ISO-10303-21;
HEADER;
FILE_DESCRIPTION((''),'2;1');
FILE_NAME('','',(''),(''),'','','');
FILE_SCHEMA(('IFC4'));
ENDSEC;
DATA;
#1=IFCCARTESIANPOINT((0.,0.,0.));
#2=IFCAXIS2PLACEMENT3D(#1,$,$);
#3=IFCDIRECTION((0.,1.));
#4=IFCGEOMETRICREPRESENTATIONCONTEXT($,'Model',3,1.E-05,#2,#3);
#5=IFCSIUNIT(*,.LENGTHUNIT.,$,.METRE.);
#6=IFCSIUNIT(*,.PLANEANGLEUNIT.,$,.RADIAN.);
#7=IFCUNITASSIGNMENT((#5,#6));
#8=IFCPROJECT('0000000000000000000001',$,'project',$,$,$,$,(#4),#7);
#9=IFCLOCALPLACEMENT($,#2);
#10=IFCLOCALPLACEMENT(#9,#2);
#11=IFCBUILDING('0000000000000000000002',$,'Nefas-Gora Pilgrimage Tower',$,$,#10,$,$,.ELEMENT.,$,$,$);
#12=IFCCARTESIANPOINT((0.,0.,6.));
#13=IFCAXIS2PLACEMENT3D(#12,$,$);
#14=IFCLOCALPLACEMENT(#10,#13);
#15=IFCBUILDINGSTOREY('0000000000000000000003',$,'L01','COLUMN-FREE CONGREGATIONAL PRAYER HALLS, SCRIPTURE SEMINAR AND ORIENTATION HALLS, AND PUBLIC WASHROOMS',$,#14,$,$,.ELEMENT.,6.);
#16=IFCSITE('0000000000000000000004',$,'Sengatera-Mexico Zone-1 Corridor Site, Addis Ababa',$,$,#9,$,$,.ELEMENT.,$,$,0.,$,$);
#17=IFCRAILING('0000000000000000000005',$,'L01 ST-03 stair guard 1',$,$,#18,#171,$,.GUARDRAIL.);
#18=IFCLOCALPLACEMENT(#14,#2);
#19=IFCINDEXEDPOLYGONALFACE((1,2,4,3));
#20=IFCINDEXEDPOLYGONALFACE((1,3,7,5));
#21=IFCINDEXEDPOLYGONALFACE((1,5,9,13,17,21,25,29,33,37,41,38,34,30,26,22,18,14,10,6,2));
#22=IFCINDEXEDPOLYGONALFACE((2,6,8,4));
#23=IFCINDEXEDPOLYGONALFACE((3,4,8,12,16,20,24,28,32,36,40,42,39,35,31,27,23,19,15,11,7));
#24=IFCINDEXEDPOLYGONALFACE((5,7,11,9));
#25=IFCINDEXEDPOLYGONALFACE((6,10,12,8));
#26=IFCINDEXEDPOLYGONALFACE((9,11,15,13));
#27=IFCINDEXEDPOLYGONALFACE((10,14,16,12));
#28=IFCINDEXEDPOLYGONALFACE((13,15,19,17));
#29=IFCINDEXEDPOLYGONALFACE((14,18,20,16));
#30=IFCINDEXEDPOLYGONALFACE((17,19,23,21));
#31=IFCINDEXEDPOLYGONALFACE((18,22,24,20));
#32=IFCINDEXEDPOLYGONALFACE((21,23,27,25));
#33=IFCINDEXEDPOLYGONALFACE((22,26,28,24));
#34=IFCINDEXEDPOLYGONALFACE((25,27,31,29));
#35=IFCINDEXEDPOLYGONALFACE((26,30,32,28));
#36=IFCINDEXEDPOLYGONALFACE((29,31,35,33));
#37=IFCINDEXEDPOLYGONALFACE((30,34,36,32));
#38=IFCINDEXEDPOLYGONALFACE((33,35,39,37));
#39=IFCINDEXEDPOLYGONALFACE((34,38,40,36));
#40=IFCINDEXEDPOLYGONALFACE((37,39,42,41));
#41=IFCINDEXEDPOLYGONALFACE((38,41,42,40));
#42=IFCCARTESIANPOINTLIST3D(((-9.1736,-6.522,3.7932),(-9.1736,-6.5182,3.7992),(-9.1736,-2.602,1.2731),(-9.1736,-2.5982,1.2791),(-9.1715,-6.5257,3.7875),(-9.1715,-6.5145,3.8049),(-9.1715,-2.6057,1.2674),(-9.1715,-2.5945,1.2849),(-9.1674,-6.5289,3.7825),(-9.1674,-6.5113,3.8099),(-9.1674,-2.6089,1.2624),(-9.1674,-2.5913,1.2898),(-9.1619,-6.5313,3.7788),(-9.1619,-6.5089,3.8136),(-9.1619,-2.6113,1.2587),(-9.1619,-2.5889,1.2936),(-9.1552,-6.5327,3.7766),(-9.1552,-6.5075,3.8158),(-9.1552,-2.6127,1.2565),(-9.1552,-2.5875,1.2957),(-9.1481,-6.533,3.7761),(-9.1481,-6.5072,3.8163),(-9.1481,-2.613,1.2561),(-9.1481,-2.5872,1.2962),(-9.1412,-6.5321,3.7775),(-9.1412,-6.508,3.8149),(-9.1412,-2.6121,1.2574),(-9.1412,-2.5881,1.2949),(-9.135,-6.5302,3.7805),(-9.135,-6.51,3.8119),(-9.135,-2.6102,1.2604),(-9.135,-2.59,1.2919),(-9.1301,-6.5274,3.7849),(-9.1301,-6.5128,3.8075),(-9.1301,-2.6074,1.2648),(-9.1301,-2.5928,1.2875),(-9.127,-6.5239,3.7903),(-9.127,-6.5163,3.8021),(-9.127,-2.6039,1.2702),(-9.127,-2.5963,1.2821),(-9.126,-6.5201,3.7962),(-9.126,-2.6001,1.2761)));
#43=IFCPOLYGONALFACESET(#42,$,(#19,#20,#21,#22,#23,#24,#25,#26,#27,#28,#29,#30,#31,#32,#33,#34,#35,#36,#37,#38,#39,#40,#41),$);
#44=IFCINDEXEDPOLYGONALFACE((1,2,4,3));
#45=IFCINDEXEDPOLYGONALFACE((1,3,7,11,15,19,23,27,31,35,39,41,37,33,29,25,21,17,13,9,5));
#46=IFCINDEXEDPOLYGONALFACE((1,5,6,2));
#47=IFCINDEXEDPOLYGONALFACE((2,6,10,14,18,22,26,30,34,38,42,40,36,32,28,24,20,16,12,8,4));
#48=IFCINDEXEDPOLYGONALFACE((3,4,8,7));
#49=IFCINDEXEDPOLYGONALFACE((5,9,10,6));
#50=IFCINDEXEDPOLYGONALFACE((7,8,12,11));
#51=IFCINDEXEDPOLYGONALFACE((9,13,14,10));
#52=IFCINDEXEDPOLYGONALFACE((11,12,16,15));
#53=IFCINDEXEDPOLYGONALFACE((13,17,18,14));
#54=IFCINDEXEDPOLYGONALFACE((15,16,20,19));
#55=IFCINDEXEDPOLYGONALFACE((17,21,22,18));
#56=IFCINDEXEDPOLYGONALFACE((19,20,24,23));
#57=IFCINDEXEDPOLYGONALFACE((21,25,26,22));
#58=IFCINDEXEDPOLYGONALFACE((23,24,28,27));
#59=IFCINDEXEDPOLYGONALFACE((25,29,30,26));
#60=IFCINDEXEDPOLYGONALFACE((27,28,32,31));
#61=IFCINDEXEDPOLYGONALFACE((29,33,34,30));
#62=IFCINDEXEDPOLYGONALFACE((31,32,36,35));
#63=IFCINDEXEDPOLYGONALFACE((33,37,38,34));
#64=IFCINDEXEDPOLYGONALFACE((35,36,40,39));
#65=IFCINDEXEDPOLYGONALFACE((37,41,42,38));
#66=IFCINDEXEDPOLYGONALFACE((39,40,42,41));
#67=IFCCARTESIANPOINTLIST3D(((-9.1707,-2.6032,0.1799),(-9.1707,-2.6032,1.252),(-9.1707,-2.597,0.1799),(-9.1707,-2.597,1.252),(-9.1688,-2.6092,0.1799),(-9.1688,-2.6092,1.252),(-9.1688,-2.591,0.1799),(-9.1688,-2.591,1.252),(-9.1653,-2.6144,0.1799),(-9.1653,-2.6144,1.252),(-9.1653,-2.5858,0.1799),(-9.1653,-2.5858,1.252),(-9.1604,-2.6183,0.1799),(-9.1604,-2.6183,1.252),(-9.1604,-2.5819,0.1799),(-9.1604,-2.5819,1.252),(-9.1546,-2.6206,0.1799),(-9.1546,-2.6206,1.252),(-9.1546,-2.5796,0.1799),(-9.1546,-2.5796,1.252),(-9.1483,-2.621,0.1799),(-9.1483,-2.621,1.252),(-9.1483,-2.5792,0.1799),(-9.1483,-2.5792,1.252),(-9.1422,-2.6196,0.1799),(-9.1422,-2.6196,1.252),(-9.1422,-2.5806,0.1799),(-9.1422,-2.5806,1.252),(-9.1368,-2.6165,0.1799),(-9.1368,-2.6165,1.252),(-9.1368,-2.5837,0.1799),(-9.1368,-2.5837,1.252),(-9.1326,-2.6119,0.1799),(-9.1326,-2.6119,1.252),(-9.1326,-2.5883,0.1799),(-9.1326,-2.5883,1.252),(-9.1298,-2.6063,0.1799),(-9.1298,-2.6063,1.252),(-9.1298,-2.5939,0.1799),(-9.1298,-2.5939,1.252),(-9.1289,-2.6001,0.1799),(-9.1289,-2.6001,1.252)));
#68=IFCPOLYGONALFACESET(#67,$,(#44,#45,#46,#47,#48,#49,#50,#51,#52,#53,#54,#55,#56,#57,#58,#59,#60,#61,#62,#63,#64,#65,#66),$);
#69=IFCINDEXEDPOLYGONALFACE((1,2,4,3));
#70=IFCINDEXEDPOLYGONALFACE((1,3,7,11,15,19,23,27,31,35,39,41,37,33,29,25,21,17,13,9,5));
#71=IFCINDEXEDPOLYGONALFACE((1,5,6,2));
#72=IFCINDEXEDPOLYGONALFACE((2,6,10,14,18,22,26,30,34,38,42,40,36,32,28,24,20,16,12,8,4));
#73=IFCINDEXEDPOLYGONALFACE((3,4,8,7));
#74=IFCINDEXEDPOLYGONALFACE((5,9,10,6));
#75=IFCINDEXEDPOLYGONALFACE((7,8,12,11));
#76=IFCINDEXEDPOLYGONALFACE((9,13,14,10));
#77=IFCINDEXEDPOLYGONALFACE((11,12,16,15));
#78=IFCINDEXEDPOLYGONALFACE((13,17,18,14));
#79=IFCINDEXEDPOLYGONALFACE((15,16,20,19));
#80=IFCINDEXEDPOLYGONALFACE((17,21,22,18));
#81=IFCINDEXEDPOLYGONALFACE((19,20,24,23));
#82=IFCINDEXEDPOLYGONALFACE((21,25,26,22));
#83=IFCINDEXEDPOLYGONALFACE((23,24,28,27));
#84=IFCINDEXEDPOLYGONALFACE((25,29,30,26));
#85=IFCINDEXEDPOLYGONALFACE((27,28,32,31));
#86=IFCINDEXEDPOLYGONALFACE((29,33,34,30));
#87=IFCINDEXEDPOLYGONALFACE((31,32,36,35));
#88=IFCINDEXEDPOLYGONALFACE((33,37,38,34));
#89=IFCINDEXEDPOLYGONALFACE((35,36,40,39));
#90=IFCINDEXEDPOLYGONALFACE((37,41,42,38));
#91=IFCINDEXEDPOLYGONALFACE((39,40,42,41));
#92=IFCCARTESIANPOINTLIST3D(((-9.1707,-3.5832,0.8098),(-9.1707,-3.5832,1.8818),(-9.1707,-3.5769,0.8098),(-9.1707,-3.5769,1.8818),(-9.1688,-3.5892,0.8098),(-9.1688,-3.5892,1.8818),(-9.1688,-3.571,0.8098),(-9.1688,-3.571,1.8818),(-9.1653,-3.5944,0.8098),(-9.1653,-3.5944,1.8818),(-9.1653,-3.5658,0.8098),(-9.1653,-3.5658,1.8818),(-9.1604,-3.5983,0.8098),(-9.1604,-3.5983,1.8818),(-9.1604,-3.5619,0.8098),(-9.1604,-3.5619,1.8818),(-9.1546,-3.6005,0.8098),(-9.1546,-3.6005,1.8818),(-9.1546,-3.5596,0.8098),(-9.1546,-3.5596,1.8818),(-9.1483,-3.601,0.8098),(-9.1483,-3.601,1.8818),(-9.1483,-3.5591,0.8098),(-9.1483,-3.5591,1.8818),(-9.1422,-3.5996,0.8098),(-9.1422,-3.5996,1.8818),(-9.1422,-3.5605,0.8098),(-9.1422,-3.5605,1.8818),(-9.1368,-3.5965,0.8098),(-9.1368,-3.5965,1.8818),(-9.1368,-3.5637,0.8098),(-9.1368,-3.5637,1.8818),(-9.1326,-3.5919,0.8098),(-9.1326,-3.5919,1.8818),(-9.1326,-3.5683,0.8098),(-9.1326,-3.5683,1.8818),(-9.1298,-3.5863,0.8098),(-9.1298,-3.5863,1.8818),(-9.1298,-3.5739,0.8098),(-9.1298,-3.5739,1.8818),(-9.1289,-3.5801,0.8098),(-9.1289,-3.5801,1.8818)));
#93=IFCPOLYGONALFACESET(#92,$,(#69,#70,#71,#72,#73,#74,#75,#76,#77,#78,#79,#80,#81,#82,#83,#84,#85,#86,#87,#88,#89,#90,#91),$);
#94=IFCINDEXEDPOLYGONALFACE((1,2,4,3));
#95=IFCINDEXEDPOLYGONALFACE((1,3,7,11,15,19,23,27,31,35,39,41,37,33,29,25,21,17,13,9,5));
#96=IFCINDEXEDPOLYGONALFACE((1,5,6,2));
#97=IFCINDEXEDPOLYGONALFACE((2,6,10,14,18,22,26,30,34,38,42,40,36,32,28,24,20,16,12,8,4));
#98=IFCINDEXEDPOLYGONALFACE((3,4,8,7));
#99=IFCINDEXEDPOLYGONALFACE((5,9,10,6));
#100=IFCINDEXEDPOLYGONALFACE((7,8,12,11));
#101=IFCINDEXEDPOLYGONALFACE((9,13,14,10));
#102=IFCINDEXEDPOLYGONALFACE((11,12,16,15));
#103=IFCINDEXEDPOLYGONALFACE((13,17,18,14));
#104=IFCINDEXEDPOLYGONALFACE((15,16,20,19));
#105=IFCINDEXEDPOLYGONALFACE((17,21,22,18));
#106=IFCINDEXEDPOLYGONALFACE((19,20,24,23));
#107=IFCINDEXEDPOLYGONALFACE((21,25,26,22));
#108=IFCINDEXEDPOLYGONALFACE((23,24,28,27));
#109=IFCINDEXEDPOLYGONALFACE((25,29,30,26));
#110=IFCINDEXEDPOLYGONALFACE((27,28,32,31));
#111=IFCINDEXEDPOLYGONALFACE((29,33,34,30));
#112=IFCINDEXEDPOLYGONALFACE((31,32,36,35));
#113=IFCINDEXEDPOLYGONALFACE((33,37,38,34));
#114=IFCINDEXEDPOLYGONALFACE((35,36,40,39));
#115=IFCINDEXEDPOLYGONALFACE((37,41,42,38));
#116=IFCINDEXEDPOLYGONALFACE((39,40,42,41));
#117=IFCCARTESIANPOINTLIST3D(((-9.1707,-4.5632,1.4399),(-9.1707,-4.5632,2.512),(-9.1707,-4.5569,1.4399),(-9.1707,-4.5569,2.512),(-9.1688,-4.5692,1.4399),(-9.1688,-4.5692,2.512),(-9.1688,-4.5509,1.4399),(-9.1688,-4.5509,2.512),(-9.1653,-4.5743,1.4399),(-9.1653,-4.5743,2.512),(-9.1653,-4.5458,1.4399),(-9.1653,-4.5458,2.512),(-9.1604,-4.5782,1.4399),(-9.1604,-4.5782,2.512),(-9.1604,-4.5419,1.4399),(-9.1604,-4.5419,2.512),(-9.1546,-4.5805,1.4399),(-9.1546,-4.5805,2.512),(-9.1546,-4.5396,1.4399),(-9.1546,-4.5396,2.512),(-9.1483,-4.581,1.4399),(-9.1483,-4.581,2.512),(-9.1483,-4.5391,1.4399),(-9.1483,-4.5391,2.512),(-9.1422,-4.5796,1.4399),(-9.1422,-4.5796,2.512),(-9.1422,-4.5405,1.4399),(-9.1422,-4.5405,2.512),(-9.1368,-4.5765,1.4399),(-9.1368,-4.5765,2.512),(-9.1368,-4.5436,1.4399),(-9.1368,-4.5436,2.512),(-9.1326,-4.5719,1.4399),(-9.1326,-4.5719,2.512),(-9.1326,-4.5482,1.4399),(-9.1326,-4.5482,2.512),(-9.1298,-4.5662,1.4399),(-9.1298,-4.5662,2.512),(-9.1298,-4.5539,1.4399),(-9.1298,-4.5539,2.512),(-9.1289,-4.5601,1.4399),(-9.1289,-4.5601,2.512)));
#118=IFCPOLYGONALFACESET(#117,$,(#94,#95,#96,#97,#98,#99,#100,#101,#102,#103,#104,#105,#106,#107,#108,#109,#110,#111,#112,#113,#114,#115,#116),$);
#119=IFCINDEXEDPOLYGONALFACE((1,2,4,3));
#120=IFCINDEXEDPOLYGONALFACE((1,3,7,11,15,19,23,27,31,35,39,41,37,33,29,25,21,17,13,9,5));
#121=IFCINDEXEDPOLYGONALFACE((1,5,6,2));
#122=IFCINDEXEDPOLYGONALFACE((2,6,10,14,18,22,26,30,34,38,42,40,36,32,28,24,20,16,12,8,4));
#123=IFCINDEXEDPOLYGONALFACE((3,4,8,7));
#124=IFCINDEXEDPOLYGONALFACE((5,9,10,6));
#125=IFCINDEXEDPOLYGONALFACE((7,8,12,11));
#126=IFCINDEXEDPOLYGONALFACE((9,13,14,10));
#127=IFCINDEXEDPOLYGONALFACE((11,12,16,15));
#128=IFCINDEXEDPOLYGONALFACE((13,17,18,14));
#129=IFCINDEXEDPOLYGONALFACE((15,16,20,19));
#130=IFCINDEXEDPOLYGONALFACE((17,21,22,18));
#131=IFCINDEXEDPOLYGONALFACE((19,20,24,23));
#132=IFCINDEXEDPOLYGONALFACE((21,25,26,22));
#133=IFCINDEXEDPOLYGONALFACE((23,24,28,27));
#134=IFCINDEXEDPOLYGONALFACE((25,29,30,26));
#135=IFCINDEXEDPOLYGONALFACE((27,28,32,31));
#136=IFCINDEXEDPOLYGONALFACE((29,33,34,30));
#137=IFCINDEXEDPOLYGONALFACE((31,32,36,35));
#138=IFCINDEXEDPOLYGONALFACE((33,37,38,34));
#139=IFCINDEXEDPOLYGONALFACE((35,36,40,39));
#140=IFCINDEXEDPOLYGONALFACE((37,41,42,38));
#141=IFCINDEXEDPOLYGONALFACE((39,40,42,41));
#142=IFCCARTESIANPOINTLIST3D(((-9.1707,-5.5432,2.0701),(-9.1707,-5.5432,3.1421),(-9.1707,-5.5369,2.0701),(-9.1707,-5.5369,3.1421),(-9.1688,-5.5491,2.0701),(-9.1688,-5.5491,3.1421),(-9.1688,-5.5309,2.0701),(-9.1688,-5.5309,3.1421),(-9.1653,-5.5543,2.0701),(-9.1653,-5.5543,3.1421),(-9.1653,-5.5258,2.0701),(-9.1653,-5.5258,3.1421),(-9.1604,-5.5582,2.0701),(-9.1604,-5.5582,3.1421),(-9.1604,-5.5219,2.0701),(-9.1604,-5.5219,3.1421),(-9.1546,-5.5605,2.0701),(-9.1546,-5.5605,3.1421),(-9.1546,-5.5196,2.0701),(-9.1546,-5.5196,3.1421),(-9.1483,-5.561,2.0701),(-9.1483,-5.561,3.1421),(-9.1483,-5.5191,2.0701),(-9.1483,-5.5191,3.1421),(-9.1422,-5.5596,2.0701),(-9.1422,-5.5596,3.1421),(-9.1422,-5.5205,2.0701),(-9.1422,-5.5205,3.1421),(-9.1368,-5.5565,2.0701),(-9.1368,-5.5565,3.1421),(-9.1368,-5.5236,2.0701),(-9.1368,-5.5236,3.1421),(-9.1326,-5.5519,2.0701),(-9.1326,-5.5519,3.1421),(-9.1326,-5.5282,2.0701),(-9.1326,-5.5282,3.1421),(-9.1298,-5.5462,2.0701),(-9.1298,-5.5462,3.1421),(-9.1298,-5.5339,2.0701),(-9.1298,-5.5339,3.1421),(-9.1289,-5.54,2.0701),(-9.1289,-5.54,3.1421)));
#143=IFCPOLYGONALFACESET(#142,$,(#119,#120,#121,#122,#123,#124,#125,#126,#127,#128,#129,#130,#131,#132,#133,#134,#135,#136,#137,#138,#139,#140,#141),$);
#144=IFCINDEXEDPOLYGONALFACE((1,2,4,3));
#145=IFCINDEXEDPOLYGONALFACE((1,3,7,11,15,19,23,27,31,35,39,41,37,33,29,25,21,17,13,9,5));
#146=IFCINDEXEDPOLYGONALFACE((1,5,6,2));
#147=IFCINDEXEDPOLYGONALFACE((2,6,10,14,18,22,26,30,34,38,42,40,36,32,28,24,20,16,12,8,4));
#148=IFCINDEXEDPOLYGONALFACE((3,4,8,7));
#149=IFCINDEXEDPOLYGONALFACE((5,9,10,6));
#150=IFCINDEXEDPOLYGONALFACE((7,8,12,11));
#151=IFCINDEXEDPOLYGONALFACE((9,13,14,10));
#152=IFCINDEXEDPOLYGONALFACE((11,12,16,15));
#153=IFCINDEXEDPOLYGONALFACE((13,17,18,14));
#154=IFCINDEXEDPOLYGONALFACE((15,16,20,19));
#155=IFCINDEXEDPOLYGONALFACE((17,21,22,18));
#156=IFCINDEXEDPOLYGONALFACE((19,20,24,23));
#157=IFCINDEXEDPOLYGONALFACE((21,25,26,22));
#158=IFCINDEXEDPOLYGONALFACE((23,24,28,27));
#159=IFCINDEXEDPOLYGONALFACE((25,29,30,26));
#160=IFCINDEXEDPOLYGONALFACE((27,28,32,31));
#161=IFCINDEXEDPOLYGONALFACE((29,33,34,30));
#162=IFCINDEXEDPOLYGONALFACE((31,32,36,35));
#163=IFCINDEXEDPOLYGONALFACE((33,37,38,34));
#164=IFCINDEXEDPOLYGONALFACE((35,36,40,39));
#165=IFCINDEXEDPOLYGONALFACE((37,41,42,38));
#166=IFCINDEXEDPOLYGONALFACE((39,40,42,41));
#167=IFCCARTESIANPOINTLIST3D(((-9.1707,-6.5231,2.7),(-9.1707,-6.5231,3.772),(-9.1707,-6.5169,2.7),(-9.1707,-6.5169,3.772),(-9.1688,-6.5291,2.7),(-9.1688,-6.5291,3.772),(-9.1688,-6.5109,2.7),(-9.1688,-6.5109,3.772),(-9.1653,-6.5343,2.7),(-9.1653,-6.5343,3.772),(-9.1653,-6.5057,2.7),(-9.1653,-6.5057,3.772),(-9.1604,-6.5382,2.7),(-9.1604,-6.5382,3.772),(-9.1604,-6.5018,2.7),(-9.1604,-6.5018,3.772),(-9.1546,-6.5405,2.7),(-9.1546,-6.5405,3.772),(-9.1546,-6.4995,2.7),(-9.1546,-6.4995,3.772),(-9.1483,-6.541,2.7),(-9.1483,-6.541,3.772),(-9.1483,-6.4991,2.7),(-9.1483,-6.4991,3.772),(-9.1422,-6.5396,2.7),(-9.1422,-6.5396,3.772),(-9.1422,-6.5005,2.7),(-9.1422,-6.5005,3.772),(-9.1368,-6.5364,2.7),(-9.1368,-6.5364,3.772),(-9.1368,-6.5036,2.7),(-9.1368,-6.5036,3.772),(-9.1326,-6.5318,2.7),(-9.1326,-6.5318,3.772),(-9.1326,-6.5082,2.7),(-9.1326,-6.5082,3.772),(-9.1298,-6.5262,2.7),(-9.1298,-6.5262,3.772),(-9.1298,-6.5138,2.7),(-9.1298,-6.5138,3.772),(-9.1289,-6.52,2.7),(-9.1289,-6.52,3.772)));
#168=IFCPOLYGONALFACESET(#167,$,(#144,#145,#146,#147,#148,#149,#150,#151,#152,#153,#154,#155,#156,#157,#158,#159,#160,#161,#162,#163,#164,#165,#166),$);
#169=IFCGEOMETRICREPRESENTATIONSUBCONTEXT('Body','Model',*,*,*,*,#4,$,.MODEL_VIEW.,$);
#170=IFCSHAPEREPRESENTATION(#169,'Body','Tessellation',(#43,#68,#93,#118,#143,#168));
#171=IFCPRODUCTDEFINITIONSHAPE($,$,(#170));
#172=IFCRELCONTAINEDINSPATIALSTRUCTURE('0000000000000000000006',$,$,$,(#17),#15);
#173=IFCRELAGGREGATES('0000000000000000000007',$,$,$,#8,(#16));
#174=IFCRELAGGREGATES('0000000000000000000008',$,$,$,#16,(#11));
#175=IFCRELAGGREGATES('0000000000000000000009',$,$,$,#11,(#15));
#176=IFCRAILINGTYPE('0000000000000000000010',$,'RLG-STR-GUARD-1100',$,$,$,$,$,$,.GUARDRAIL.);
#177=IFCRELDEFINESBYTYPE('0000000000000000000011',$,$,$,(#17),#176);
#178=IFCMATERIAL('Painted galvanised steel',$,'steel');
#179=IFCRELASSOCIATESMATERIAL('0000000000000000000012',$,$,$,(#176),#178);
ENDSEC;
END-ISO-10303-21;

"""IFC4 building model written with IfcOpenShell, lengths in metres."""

from ifc_helpers import new_model, si_unit, direction, frame, origin, origin_2d, place, context, subcontext, project, spatial, circle, extrude, material, type_object, element, save


model = new_model("IFC4")

# Units and contexts
model_context = context("Model", 3, precision=1e-05, world=origin(), true_north=direction((0.0, 1.0)))
body_context = subcontext(model_context, "Body", "Model", "MODEL_VIEW")
ifc_project = project(units=[si_unit("LENGTHUNIT", "METRE"), si_unit("PLANEANGLEUNIT", "RADIAN")], contexts=[model_context])

# Site, building, storey
site_placement = place(None, origin())
site = spatial("IfcSite", under=ifc_project, at=site_placement, Name="Sengatera-Mexico Zone-1 Corridor Site, Addis Ababa", CompositionType="ELEMENT", RefElevation=0.0)
building_placement = place(site_placement, origin())
building = spatial("IfcBuilding", under=site, at=building_placement, Name="Nefas-Gora Pilgrimage Tower", CompositionType="ELEMENT")
storey_placement = place(building_placement, frame((0.0, 0.0, 6.0)))
storey = spatial("IfcBuildingStorey", under=building, at=storey_placement, Name="L01", Description="COLUMN-FREE CONGREGATIONAL PRAYER HALLS, SCRIPTURE SEMINAR AND ORIENTATION HALLS, AND PUBLIC WASHROOMS", CompositionType="ELEMENT", Elevation=6.0)

# Railing
ifc_material_1 = material(Name="Painted galvanised steel", Category="steel")
railing_type_1 = type_object("IfcRailingType", Name="RLG-STR-GUARD-1100", PredefinedType="GUARDRAIL", material=ifc_material_1)
railing_1_placement = place(storey_placement, frame((-9.1499, -2.6001, 0.1799)))
element("IfcRailing", 1, at=railing_1_placement, inside=storey, type_object=railing_type_1, Name="L01 ST-03 stair guard 1", PredefinedType="GUARDRAIL", context=body_context, shape_type="SweptSolid", body=[
    extrude(circle(Radius=0.0239, at=origin_2d()), frame((0.0, 0.0, 1.0962), z_axis=(0.0, -0.841172, 0.540768), x_axis=(1.0, 0.0, 0.0)), (0.0, 0.0, 1.0), 4.6602),
    extrude(circle(Radius=0.021, at=origin_2d()), origin(), (0.0, 0.0, 1.0), 1.072),
    extrude(circle(Radius=0.021, at=origin_2d()), frame((0.0, -0.98, 0.6299)), (0.0, 0.0, 1.0), 1.072),
    extrude(circle(Radius=0.021, at=origin_2d()), frame((0.0, -1.96, 1.26)), (0.0, 0.0, 1.0), 1.072),
    extrude(circle(Radius=0.021, at=origin_2d()), frame((0.0, -2.9399, 1.8901)), (0.0, 0.0, 1.0), 1.072),
    extrude(circle(Radius=0.021, at=origin_2d()), frame((0.0, -3.9199, 2.52)), (0.0, 0.0, 1.0), 1.072),
])

save(model, "model.ifc")
